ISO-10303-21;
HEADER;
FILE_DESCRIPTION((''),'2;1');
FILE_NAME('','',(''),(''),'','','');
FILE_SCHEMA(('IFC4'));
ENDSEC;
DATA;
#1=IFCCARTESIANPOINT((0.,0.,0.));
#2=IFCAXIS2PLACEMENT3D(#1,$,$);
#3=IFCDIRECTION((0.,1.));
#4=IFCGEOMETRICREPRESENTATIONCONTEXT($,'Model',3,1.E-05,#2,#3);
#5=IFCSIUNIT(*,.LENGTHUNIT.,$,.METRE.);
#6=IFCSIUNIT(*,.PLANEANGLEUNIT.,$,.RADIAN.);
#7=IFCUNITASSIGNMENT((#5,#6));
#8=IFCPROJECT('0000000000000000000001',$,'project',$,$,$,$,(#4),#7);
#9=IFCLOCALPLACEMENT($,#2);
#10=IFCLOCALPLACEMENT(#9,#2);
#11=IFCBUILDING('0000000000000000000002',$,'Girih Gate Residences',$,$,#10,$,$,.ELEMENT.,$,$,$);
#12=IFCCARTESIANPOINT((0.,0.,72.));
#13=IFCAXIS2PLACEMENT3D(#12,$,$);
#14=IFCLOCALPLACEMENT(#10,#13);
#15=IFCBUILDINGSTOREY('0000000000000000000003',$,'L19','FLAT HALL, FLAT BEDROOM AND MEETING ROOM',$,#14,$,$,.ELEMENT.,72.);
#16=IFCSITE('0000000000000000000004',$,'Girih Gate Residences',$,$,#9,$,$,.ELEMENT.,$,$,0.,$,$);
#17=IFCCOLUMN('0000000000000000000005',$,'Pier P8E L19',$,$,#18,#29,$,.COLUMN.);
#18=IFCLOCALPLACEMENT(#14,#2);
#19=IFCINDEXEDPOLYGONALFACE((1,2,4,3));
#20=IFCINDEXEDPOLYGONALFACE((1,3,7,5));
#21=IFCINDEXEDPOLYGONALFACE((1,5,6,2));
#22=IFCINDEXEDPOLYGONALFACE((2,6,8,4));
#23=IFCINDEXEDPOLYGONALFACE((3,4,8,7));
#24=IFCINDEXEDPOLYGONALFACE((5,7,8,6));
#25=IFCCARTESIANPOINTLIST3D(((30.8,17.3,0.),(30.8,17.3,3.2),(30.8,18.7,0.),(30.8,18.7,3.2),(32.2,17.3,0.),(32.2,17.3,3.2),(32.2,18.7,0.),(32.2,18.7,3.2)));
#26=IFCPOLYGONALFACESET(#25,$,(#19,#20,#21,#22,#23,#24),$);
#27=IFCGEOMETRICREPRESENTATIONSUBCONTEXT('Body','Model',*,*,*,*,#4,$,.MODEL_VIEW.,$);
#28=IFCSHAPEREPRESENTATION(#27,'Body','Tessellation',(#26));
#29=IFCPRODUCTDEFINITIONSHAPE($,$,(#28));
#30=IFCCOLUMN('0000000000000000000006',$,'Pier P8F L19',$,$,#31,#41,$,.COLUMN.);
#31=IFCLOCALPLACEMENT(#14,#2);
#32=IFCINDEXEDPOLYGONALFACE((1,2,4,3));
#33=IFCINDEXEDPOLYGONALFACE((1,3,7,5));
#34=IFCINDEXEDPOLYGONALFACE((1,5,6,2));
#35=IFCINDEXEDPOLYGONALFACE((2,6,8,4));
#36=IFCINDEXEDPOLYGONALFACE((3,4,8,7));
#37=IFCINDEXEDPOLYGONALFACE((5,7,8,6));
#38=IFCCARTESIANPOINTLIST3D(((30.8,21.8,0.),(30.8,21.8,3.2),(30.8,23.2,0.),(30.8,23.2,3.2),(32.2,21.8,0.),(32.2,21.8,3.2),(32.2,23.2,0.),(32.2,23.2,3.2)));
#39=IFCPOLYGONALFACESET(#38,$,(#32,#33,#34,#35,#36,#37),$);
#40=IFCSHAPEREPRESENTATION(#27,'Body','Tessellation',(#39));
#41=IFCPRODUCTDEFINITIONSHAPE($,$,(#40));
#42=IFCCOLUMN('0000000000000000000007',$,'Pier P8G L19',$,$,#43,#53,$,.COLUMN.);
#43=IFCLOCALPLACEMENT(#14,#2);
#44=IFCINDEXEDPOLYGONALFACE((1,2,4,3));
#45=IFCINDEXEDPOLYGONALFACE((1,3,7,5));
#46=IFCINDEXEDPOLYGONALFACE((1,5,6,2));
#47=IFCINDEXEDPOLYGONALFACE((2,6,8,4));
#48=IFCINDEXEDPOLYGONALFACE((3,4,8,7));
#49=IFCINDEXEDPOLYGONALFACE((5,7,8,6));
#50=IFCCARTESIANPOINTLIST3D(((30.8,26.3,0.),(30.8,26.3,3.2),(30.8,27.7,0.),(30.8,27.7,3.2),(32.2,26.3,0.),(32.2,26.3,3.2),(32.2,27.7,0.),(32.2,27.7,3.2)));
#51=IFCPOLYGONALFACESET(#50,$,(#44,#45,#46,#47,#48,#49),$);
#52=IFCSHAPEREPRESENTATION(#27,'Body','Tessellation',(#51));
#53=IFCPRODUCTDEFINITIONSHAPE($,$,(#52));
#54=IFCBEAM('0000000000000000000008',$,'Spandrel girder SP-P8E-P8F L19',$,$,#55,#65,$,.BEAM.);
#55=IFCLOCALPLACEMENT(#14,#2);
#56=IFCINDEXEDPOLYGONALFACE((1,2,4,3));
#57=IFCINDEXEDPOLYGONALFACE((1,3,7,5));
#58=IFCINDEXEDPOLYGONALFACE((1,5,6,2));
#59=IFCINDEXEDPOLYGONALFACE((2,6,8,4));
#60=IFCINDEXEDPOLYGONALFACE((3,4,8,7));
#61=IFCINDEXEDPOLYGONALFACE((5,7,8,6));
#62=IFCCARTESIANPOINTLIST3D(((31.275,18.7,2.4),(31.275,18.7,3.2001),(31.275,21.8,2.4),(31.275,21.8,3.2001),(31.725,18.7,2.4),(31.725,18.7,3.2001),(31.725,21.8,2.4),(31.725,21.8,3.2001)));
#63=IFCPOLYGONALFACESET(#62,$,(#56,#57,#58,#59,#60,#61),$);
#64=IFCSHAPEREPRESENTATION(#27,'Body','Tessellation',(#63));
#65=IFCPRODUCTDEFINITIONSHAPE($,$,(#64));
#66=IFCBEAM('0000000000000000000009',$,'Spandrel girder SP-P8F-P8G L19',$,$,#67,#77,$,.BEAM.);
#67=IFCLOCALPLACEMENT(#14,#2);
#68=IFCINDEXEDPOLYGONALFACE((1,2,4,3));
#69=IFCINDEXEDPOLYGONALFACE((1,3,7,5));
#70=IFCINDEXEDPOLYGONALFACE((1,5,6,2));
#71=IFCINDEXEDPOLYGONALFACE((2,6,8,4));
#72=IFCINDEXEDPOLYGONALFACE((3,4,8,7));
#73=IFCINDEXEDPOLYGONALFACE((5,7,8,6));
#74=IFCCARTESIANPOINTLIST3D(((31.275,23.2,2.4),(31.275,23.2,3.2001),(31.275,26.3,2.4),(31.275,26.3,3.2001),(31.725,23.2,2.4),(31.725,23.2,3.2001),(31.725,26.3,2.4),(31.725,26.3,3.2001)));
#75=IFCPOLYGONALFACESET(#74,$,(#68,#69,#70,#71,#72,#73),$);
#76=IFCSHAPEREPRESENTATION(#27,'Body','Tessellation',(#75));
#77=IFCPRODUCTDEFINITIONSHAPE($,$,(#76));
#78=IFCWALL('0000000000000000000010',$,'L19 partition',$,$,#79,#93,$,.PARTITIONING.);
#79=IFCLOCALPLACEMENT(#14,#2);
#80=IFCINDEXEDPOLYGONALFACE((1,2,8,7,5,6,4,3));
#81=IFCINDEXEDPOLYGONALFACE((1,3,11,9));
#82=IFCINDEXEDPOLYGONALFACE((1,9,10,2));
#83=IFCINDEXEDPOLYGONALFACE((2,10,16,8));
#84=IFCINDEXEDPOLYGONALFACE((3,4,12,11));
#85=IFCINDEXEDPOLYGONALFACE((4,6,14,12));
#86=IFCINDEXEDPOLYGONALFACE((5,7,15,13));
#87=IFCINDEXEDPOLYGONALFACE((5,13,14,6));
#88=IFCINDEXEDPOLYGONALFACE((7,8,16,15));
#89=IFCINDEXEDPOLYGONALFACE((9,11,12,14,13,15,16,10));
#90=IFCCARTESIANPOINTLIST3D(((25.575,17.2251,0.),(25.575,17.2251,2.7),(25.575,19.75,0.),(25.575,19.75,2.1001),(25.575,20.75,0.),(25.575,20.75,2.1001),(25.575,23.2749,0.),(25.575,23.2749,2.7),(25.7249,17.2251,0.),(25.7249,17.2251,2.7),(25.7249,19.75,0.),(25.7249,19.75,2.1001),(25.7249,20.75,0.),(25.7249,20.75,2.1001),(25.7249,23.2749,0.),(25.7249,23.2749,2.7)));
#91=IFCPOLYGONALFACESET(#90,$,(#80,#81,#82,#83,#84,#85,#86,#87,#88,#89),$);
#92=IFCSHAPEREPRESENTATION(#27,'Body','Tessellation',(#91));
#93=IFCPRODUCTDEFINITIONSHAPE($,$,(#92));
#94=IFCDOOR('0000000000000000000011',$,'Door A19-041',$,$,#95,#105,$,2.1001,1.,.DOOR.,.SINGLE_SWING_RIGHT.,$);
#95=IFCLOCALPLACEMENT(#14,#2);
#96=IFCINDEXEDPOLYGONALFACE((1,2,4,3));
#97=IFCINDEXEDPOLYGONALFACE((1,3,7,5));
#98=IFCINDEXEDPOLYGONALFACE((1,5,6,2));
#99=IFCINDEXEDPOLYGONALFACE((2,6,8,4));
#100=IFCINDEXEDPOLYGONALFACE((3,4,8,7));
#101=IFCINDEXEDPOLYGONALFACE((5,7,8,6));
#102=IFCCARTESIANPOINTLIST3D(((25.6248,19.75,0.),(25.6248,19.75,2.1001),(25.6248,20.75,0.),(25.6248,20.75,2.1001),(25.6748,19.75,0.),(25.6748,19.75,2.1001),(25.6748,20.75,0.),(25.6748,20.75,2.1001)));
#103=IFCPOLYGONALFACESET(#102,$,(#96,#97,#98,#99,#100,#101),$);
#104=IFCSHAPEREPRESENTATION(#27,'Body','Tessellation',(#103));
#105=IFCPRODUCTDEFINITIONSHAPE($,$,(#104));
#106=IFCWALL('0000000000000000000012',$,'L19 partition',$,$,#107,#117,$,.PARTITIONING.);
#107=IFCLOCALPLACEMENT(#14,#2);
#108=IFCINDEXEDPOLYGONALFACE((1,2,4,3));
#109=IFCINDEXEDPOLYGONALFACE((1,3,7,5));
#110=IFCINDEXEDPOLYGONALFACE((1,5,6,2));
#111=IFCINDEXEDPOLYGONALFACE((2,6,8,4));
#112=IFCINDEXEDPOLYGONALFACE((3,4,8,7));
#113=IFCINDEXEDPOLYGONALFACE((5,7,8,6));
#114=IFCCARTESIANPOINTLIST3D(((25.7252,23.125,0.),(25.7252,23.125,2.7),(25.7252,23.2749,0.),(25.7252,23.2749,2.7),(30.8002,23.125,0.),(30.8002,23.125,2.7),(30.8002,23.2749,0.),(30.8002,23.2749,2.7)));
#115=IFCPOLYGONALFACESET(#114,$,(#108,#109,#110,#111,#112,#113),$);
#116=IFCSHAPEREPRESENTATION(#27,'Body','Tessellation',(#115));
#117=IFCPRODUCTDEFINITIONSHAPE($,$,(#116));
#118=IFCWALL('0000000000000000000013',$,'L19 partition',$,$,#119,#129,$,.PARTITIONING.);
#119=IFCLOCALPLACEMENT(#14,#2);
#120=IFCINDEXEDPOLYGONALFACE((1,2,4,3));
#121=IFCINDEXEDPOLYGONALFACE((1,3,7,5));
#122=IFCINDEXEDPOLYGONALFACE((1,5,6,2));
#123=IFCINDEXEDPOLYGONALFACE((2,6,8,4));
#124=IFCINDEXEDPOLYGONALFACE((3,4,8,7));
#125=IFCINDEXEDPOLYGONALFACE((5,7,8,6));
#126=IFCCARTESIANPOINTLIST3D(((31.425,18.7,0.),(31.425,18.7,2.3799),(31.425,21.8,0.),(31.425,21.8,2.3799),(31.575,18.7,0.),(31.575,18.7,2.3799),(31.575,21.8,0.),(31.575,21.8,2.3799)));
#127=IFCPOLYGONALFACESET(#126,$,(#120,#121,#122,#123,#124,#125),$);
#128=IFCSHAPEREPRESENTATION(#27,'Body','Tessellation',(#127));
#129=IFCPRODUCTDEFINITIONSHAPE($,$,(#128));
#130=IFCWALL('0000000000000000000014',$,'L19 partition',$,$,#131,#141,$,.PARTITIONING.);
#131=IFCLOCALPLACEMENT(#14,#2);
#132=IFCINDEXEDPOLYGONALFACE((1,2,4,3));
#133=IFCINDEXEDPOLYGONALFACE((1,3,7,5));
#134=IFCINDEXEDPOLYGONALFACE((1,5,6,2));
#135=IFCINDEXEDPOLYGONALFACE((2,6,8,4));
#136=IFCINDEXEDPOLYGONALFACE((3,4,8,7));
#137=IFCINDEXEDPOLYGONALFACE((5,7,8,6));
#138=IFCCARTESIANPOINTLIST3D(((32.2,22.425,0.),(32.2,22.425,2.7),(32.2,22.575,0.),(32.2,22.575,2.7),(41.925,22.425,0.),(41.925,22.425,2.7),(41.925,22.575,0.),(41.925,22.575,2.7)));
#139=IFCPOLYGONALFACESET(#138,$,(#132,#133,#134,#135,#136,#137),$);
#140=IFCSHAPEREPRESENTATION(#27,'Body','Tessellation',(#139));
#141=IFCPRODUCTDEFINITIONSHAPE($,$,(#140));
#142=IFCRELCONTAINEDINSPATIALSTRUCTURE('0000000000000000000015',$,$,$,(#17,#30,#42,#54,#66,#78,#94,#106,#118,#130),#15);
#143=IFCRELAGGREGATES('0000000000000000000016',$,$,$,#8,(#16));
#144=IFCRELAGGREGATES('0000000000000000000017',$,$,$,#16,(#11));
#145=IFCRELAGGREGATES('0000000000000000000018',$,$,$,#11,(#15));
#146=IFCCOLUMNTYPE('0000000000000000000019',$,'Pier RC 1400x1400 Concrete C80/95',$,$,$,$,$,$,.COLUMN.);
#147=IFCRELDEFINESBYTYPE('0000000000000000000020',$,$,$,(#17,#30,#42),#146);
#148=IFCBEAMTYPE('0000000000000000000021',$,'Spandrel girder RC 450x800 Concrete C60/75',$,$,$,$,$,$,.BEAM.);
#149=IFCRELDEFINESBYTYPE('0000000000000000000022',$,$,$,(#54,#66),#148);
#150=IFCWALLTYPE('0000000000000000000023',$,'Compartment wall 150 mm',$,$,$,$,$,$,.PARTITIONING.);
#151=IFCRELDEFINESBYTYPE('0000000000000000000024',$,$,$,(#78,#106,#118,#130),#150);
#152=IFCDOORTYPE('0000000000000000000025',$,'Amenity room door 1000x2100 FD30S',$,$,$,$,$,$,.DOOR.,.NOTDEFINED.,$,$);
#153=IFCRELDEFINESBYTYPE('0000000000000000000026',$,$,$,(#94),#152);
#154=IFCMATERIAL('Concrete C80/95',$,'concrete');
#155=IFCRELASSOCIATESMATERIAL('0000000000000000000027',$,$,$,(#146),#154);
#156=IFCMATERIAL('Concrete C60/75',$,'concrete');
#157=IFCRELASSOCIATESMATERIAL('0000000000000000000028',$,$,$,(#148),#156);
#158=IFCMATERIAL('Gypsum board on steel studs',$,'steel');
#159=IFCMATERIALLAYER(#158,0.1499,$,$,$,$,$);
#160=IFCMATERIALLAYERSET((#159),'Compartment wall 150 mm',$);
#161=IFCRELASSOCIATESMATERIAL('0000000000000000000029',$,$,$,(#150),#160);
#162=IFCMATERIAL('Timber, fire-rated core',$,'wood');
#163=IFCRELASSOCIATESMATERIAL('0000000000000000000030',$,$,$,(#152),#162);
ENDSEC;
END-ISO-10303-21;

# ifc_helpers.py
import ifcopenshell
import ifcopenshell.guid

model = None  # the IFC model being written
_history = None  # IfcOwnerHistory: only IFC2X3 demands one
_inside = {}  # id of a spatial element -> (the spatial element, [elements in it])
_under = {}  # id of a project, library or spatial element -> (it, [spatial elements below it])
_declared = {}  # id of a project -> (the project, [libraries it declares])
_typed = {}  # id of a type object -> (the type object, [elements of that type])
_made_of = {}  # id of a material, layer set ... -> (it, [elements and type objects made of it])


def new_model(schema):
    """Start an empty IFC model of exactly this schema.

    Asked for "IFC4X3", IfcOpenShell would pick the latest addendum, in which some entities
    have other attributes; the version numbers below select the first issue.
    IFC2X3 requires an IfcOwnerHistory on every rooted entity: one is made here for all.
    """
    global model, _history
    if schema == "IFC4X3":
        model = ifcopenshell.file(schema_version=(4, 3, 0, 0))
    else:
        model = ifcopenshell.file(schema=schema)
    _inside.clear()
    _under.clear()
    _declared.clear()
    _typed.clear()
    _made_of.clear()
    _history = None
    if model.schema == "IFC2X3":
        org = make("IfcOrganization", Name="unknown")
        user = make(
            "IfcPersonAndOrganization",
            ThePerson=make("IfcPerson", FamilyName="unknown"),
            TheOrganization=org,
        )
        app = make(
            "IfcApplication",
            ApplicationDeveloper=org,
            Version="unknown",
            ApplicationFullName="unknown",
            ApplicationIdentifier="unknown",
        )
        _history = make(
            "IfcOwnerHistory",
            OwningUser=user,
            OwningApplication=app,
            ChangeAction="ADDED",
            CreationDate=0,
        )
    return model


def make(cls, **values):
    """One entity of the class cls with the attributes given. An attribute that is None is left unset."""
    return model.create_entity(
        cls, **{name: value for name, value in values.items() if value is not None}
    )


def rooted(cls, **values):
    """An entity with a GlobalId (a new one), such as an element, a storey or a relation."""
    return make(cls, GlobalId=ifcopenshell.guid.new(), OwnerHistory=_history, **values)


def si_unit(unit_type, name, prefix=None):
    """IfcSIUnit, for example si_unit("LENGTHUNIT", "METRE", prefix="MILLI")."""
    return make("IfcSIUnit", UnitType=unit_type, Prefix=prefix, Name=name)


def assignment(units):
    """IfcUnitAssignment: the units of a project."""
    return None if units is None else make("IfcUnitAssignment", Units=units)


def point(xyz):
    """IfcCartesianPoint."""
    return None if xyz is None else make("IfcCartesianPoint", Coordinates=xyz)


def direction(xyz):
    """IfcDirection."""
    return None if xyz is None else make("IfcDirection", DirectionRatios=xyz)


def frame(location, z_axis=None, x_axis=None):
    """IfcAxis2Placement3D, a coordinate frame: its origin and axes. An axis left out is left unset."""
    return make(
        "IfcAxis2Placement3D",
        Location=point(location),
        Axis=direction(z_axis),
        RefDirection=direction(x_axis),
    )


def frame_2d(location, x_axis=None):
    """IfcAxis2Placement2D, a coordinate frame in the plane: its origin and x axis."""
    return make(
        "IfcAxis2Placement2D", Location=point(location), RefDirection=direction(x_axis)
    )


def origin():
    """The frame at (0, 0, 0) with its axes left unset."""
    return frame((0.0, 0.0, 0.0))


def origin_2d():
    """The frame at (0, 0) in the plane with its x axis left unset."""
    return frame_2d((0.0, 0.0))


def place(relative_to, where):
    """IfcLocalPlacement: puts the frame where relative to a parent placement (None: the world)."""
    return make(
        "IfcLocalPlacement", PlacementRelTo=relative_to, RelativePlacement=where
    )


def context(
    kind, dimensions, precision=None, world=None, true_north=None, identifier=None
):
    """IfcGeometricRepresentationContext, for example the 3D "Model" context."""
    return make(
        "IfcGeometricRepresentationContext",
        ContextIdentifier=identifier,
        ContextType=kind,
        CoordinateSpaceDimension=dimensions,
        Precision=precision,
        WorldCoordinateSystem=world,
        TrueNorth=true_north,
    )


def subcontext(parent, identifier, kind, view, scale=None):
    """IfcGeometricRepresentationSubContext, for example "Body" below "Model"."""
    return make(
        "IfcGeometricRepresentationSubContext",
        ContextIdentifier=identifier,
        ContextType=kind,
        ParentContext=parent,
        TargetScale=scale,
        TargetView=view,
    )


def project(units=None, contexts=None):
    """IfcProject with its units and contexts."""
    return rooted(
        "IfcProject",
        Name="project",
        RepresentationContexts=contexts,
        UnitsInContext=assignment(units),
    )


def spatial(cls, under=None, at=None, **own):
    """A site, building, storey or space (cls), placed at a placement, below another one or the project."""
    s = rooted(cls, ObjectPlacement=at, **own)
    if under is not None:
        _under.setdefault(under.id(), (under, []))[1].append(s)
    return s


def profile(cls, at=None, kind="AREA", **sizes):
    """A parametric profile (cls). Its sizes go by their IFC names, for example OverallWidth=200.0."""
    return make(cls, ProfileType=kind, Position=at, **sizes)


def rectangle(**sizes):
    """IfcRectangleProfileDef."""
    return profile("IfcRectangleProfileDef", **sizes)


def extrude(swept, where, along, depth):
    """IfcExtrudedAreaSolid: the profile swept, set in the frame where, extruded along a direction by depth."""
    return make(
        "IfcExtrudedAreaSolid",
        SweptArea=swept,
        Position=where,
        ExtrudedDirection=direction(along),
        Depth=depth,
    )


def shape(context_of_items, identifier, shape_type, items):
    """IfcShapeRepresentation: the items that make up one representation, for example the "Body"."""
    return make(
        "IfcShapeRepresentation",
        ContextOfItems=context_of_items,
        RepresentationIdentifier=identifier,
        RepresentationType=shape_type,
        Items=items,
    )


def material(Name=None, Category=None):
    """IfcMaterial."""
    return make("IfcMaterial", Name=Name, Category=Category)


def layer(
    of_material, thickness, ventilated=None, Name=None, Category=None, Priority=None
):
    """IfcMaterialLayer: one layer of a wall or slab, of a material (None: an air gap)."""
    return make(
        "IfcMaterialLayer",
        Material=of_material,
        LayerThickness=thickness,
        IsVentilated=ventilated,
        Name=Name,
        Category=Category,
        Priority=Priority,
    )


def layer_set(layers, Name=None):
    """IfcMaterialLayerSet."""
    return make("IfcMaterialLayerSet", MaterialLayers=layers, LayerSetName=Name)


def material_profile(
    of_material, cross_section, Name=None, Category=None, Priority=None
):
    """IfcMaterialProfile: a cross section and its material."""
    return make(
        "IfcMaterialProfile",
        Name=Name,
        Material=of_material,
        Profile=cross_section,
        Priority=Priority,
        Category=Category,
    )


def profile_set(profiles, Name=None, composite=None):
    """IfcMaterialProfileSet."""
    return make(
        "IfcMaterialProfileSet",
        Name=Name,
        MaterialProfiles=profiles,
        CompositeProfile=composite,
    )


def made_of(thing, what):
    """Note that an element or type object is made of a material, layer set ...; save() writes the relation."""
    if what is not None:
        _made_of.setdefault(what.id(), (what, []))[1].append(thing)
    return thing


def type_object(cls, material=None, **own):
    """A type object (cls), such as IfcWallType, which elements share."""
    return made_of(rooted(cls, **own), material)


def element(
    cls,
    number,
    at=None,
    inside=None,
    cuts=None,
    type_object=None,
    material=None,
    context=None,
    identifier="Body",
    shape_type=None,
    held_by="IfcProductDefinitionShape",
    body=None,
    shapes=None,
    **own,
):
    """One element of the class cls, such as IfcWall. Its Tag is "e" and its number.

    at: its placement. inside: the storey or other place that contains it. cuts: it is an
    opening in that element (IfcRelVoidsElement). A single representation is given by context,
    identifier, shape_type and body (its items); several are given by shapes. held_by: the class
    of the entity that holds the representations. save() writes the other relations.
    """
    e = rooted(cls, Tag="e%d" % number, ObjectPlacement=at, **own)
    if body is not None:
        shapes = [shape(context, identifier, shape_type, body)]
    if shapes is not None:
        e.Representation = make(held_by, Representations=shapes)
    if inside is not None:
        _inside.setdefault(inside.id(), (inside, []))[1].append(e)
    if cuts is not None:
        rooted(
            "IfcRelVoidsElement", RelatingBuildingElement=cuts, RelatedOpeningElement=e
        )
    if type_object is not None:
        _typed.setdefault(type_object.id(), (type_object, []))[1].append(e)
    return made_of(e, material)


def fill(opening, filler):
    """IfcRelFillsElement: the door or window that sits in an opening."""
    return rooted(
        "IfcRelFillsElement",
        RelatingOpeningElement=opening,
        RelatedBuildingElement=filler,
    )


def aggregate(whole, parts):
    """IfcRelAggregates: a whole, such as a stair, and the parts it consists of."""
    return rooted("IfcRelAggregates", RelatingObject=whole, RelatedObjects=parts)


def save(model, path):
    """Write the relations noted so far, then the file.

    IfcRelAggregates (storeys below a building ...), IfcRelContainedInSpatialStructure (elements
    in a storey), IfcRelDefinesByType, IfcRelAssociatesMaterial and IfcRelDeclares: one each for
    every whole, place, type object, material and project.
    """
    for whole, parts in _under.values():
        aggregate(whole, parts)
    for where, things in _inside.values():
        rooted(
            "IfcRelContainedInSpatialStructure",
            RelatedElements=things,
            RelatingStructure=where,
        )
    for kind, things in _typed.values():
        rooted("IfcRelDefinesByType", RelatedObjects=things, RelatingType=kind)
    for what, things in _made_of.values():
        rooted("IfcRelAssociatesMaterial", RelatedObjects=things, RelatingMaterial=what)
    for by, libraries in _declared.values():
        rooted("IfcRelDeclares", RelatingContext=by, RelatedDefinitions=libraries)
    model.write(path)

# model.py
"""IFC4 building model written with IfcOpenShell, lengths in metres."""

from ifc_helpers import new_model, si_unit, direction, frame, frame_2d, origin, origin_2d, place, context, subcontext, project, spatial, rectangle, extrude, material, layer, layer_set, material_profile, profile_set, type_object, element, fill, save


model = new_model("IFC4")

# Units and contexts
model_context = context("Model", 3, precision=1e-05, world=origin(), true_north=direction((0.0, 1.0)))
body_context = subcontext(model_context, "Body", "Model", "MODEL_VIEW")
ifc_project = project(units=[si_unit("LENGTHUNIT", "METRE"), si_unit("PLANEANGLEUNIT", "RADIAN")], contexts=[model_context])

# Site, building, storey
site_placement = place(None, origin())
site = spatial("IfcSite", under=ifc_project, at=site_placement, Name="Girih Gate Residences", CompositionType="ELEMENT", RefElevation=0.0)
building_placement = place(site_placement, origin())
building = spatial("IfcBuilding", under=site, at=building_placement, Name="Girih Gate Residences", CompositionType="ELEMENT")
storey_placement = place(building_placement, frame((0.0, 0.0, 72.0)))
storey = spatial("IfcBuildingStorey", under=building, at=storey_placement, Name="L19", Description="FLAT HALL, FLAT BEDROOM AND MEETING ROOM", CompositionType="ELEMENT", Elevation=72.0)

# Columns
ifc_material_1 = material(Name="Concrete C80/95", Category="concrete")
ifc_material_profile_1 = material_profile(ifc_material_1, rectangle(XDim=1.3999, YDim=1.3999, at=origin_2d()))
ifc_profile_set_1 = profile_set([ifc_material_profile_1], Name="Concrete C80/95")
column_type = type_object("IfcColumnType", Name="Pier RC 1400x1400 Concrete C80/95", PredefinedType="COLUMN", material=ifc_profile_set_1)
for number, where, z_axis, x_axis, name in (
    (1, (31.5, 18.0, 0.0), (0.0, 0.0, 1.0), (1.0, 0.0, 0.0), "Pier P8E L19"),
    (2, (31.5, 22.5, 0.0), (0.0, 0.0, 1.0), (1.0, 0.0, 0.0), "Pier P8F L19"),
    (3, (31.5, 27.0, 0.0), (0.0, 0.0, 1.0), (1.0, 0.0, 0.0), "Pier P8G L19"),
):
    element("IfcColumn", number, at=place(storey_placement, frame(where, z_axis=z_axis, x_axis=x_axis)), inside=storey, type_object=column_type, Name=name, PredefinedType="COLUMN", context=body_context, shape_type="SweptSolid", body=[
        extrude(rectangle(XDim=1.3999, YDim=1.3999, at=origin_2d()), origin(), (0.0, 0.0, 1.0), 3.2),
    ])

# Beams
ifc_material_2 = material(Name="Concrete C60/75", Category="concrete")
ifc_material_profile_2 = material_profile(ifc_material_2, rectangle(XDim=0.45, YDim=0.8, at=origin_2d()))
ifc_profile_set_2 = profile_set([ifc_material_profile_2], Name="Concrete C60/75")
beam_type = type_object("IfcBeamType", Name="Spandrel girder RC 450x800 Concrete C60/75", PredefinedType="BEAM", material=ifc_profile_set_2)
for number, where, z_axis, x_axis, name in (
    (4, (31.5, 18.7, 2.8), (0.0, 1.0, 0.0), (-1.0, 0.0, 0.0), "Spandrel girder SP-P8E-P8F L19"),
    (5, (31.5, 23.2, 2.8), (0.0, 1.0, 0.0), (-1.0, 0.0, 0.0), "Spandrel girder SP-P8F-P8G L19"),
):
    element("IfcBeam", number, at=place(storey_placement, frame(where, z_axis=z_axis, x_axis=x_axis)), inside=storey, type_object=beam_type, Name=name, PredefinedType="BEAM", context=body_context, shape_type="SweptSolid", body=[
        extrude(rectangle(XDim=0.45, YDim=0.8, at=origin_2d()), origin(), (0.0, 0.0, 1.0), 3.1001),
    ])

# Wall, opening, door
ifc_material_3 = material(Name="Gypsum board on steel studs", Category="steel")
ifc_layer_1 = layer(ifc_material_3, 0.1499)
ifc_layer_set_1 = layer_set([ifc_layer_1], Name="Compartment wall 150 mm")
wall_type_1 = type_object("IfcWallType", Name="Compartment wall 150 mm", PredefinedType="PARTITIONING", material=ifc_layer_set_1)
wall_1_placement = place(storey_placement, frame((25.6499, 23.2749, 0.0), z_axis=(0.0, 0.0, 1.0), x_axis=(0.0, -1.0, 0.0)))
wall_1 = element("IfcWall", 6, at=wall_1_placement, inside=storey, type_object=wall_type_1, Name="L19 partition", PredefinedType="PARTITIONING", context=body_context, shape_type="SweptSolid", body=[
    extrude(rectangle(XDim=6.0498, YDim=0.1499, at=frame_2d((3.0249, 0.0))), origin(), (0.0, 0.0, 1.0), 2.7),
])
opening_1_placement = place(wall_1_placement, frame((2.5249, 0.0, 0.0)))
opening_1 = element("IfcOpeningElement", 7, at=opening_1_placement, cuts=wall_1, PredefinedType="OPENING", context=body_context, shape_type="SweptSolid", body=[
    extrude(rectangle(XDim=1.0, YDim=2.1001, at=frame_2d((0.5, 1.05))), frame((0.0, 0.085, 0.0), z_axis=(0.0, -1.0, 0.0), x_axis=(1.0, 0.0, 0.0)), (0.0, 0.0, 1.0), 0.1699),
])
ifc_material_4 = material(Name="Timber, fire-rated core", Category="wood")
door_type_1 = type_object("IfcDoorType", Name="Amenity room door 1000x2100 FD30S", OperationType="NOTDEFINED", PredefinedType="DOOR", material=ifc_material_4)
door_1_placement = place(opening_1_placement, origin())
door_1 = element("IfcDoor", 8, at=door_1_placement, inside=storey, type_object=door_type_1, Name="Door A19-041", OperationType="SINGLE_SWING_RIGHT", OverallHeight=2.1001, OverallWidth=1.0, PredefinedType="DOOR", context=body_context, shape_type="SweptSolid", body=[
    extrude(rectangle(XDim=1.0, YDim=2.1001, at=frame_2d((0.5, 1.05))), frame((0.0, 0.0249, 0.0), z_axis=(0.0, -1.0, 0.0), x_axis=(1.0, 0.0, 0.0)), (0.0, 0.0, 1.0), 0.05),
])
fill(opening_1, door_1)

# Walls
wall_2_placement = place(storey_placement, frame((25.7251, 23.2, 0.0), z_axis=(0.0, 0.0, 1.0), x_axis=(1.0, 0.0, 0.0)))
element("IfcWall", 9, at=wall_2_placement, inside=storey, type_object=wall_type_1, Name="L19 partition", PredefinedType="PARTITIONING", context=body_context, shape_type="SweptSolid", body=[
    extrude(rectangle(XDim=5.075, YDim=0.1499, at=frame_2d((2.5376, 0.0))), origin(), (0.0, 0.0, 1.0), 2.7),
])
wall_3_placement = place(storey_placement, frame((31.5, 18.7, 0.0), z_axis=(0.0, 0.0, 1.0), x_axis=(0.0, 1.0, 0.0)))
element("IfcWall", 10, at=wall_3_placement, inside=storey, type_object=wall_type_1, Name="L19 partition", PredefinedType="PARTITIONING", context=body_context, shape_type="SweptSolid", body=[
    extrude(rectangle(XDim=3.1001, YDim=0.1499, at=frame_2d((1.55, 0.0))), origin(), (0.0, 0.0, 1.0), 2.3799),
])
wall_4_placement = place(storey_placement, frame((32.2, 22.5, 0.0), z_axis=(0.0, 0.0, 1.0), x_axis=(1.0, 0.0, 0.0)))
element("IfcWall", 11, at=wall_4_placement, inside=storey, type_object=wall_type_1, Name="L19 partition", PredefinedType="PARTITIONING", context=body_context, shape_type="SweptSolid", body=[
    extrude(rectangle(XDim=9.7251, YDim=0.1499, at=frame_2d((4.8625, 0.0))), origin(), (0.0, 0.0, 1.0), 2.7),
])

save(model, "model.ifc")
